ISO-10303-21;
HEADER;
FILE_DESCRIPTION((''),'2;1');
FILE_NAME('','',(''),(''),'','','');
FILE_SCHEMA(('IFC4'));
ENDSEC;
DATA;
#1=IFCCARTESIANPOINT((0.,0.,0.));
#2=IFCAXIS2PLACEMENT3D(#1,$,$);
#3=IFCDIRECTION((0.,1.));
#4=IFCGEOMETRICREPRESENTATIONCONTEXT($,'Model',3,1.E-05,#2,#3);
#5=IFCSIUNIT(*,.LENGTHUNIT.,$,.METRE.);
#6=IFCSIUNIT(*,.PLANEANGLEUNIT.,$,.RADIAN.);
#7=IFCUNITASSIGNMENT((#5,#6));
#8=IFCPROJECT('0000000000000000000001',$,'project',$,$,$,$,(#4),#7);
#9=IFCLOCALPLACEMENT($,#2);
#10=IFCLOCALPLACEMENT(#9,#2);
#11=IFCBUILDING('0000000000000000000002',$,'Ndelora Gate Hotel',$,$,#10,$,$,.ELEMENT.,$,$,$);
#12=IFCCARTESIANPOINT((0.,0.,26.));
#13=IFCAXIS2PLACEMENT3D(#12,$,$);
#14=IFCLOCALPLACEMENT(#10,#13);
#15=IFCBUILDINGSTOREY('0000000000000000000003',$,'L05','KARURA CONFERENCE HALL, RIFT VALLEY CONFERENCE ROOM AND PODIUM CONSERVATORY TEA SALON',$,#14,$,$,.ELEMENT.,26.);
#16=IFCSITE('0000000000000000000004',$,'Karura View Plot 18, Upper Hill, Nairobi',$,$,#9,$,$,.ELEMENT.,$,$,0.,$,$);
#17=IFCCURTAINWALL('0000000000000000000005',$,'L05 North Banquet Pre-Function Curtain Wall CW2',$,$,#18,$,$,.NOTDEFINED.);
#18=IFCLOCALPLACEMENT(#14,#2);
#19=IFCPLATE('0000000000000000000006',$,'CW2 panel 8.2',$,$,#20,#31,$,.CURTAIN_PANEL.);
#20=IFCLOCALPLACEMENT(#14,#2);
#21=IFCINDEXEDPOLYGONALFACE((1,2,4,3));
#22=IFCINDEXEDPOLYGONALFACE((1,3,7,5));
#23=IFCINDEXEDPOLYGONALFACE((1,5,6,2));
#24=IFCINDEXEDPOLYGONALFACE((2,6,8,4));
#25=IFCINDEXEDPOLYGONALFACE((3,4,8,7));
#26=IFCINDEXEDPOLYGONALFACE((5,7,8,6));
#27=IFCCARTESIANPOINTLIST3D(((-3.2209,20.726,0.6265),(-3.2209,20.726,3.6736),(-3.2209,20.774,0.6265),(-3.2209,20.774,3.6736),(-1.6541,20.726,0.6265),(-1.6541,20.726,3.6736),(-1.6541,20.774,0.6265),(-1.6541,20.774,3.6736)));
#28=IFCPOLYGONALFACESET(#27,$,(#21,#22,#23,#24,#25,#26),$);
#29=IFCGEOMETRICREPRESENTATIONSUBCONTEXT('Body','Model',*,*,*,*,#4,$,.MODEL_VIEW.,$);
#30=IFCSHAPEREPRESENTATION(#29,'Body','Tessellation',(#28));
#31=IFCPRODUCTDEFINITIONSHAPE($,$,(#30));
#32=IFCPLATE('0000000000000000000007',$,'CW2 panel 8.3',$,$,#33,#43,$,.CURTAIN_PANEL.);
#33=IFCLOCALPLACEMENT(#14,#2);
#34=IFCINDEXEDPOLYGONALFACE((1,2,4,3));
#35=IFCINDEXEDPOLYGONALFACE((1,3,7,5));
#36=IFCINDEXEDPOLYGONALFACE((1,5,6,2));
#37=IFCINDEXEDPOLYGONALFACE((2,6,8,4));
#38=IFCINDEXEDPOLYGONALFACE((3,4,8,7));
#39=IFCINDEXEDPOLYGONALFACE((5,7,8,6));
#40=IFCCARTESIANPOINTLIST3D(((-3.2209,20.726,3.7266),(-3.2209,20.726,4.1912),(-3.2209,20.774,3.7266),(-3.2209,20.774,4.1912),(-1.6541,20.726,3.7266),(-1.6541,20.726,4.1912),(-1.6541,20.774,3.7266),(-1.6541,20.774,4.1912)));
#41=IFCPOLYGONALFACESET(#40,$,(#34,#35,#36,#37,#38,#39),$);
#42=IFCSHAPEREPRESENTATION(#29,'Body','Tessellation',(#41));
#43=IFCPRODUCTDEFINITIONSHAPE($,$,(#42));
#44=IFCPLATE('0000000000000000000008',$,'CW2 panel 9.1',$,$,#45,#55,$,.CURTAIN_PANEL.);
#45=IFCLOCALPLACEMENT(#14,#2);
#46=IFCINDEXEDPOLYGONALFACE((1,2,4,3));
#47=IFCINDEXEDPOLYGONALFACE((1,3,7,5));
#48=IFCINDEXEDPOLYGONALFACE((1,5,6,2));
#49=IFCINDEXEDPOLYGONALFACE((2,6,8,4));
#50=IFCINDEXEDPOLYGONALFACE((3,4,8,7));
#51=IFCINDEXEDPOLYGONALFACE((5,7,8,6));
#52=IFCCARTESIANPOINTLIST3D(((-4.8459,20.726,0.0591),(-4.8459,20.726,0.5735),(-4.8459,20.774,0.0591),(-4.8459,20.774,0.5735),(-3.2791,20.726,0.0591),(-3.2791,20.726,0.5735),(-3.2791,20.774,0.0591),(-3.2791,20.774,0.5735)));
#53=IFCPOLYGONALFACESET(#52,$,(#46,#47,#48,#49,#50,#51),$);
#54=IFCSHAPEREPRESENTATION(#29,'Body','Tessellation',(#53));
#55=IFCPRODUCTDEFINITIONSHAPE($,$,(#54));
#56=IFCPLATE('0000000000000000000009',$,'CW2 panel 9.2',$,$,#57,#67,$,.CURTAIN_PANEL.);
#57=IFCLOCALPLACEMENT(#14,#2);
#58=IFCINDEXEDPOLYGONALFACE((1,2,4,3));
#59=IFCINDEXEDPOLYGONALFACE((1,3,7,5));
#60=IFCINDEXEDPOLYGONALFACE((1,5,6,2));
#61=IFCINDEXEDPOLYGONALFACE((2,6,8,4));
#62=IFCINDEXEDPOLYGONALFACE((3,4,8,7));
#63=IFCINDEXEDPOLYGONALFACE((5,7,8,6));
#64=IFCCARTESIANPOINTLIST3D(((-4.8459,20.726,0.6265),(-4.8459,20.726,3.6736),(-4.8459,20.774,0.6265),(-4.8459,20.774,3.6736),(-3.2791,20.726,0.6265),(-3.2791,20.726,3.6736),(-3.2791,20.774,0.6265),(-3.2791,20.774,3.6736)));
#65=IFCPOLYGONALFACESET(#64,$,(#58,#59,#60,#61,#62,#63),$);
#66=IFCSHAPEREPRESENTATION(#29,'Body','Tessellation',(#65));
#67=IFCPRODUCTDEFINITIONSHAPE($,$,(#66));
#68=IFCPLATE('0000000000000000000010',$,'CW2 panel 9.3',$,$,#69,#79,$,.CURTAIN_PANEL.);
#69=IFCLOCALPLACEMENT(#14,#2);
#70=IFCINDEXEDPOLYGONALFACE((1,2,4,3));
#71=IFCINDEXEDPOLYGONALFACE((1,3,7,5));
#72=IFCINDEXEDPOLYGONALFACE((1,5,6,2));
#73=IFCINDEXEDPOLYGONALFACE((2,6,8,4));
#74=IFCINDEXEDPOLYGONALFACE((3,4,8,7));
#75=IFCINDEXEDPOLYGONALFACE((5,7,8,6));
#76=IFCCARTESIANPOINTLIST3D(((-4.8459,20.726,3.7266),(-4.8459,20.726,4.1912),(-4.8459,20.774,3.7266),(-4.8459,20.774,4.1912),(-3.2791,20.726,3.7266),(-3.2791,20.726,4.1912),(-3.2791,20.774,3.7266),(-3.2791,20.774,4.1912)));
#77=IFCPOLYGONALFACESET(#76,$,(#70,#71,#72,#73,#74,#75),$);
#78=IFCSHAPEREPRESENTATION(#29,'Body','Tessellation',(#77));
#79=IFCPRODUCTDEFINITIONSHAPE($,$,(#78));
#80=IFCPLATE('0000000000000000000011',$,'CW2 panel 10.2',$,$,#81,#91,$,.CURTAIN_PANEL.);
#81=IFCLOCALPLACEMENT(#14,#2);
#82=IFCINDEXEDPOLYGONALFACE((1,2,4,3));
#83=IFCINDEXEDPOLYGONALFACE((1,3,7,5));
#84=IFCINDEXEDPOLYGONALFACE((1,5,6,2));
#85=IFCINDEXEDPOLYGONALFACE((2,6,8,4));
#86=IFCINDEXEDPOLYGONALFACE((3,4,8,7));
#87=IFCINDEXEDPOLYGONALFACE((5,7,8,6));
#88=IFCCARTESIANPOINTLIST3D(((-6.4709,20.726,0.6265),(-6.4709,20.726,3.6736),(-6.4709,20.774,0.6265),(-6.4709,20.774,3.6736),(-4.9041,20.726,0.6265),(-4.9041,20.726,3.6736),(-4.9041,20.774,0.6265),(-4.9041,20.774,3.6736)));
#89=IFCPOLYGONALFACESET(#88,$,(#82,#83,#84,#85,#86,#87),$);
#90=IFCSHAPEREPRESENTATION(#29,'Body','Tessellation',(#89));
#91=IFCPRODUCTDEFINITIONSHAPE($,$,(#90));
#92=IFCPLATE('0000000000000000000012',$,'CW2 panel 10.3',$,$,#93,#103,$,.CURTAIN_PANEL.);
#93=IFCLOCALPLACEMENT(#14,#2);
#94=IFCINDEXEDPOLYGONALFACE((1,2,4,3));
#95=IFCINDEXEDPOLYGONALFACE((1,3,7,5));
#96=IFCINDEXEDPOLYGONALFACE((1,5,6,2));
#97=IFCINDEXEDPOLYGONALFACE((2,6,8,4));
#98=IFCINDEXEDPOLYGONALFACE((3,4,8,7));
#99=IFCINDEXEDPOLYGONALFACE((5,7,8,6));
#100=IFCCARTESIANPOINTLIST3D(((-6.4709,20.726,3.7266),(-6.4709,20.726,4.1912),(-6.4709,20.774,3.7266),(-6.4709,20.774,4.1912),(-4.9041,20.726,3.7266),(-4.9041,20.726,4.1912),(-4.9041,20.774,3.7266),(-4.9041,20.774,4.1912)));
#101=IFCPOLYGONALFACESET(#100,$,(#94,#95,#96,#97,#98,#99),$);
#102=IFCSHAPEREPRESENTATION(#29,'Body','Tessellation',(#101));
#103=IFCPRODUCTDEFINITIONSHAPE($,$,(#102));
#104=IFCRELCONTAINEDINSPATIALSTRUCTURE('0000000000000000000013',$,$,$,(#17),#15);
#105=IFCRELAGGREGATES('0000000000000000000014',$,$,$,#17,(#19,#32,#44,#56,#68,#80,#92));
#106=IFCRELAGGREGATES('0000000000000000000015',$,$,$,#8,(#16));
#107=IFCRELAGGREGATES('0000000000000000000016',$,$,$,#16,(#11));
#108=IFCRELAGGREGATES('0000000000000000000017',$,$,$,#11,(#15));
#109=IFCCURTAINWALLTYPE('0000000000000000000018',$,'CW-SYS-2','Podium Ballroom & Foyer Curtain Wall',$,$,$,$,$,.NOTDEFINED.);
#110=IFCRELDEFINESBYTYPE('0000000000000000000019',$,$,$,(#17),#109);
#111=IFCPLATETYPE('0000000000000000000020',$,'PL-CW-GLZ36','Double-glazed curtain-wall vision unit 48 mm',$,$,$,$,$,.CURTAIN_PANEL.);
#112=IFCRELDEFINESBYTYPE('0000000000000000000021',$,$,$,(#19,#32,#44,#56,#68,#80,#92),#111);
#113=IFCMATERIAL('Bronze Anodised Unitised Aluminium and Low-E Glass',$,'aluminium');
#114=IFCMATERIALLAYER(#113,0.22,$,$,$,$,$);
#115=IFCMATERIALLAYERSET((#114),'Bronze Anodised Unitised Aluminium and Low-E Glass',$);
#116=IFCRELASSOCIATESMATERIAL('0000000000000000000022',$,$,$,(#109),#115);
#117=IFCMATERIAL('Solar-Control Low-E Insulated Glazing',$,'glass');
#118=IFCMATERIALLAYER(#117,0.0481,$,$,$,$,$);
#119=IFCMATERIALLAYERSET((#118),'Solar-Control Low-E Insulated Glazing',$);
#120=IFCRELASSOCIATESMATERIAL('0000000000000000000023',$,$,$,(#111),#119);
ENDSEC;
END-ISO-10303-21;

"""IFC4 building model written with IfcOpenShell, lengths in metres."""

from ifc_helpers import new_model, si_unit, direction, frame, origin, origin_2d, place, context, subcontext, project, spatial, rectangle, extrude, material, layer, layer_set, type_object, element, aggregate, save


model = new_model("IFC4")

# Units and contexts
model_context = context("Model", 3, precision=1e-05, world=origin(), true_north=direction((0.0, 1.0)))
body_context = subcontext(model_context, "Body", "Model", "MODEL_VIEW")
ifc_project = project(units=[si_unit("LENGTHUNIT", "METRE"), si_unit("PLANEANGLEUNIT", "RADIAN")], contexts=[model_context])

# Site, building, storey
site_placement = place(None, origin())
site = spatial("IfcSite", under=ifc_project, at=site_placement, Name="Karura View Plot 18, Upper Hill, Nairobi", CompositionType="ELEMENT", RefElevation=0.0)
building_placement = place(site_placement, origin())
building = spatial("IfcBuilding", under=site, at=building_placement, Name="Ndelora Gate Hotel", CompositionType="ELEMENT")
storey_placement = place(building_placement, frame((0.0, 0.0, 26.0)))
storey = spatial("IfcBuildingStorey", under=building, at=storey_placement, Name="L05", Description="KARURA CONFERENCE HALL, RIFT VALLEY CONFERENCE ROOM AND PODIUM CONSERVATORY TEA SALON", CompositionType="ELEMENT", Elevation=26.0)

# Curtain wall, plates
ifc_material_1 = material(Name="Bronze Anodised Unitised Aluminium and Low-E Glass", Category="aluminium")
ifc_layer_1 = layer(ifc_material_1, 0.22)
ifc_layer_set_1 = layer_set([ifc_layer_1], Name="Bronze Anodised Unitised Aluminium and Low-E Glass")
curtain_wall_type = type_object("IfcCurtainWallType", Name="CW-SYS-2", Description="Podium Ballroom & Foyer Curtain Wall", PredefinedType="NOTDEFINED", material=ifc_layer_set_1)
curtain_wall_placement = place(storey_placement, origin())
curtain_wall = element("IfcCurtainWall", 1, at=curtain_wall_placement, inside=storey, type_object=curtain_wall_type, Name="L05 North Banquet Pre-Function Curtain Wall CW2", PredefinedType="NOTDEFINED")
ifc_material_2 = material(Name="Solar-Control Low-E Insulated Glazing", Category="glass")
ifc_layer_2 = layer(ifc_material_2, 0.0481)
ifc_layer_set_2 = layer_set([ifc_layer_2], Name="Solar-Control Low-E Insulated Glazing")
plate_type = type_object("IfcPlateType", Name="PL-CW-GLZ36", Description="Double-glazed curtain-wall vision unit 48 mm", PredefinedType="CURTAIN_PANEL", material=ifc_layer_set_2)
plate_1_placement = place(storey_placement, frame((-2.4375, 20.75, 0.6265), z_axis=(0.0, 0.0, 1.0), x_axis=(-1.0, 0.0, 0.0)))
plate_1 = element("IfcPlate", 2, at=plate_1_placement, type_object=plate_type, Name="CW2 panel 8.2", PredefinedType="CURTAIN_PANEL", context=body_context, shape_type="SweptSolid", body=[
    extrude(rectangle(XDim=1.5669, YDim=0.0481, at=origin_2d()), origin(), (0.0, 0.0, 1.0), 3.0471),
])
plate_2_placement = place(storey_placement, frame((-2.4375, 20.75, 3.7266), z_axis=(0.0, 0.0, 1.0), x_axis=(-1.0, 0.0, 0.0)))
plate_2 = element("IfcPlate", 3, at=plate_2_placement, type_object=plate_type, Name="CW2 panel 8.3", PredefinedType="CURTAIN_PANEL", context=body_context, shape_type="SweptSolid", body=[
    extrude(rectangle(XDim=1.5669, YDim=0.0481, at=origin_2d()), origin(), (0.0, 0.0, 1.0), 0.4646),
])
plate_3_placement = place(storey_placement, frame((-4.0625, 20.75, 0.0591), z_axis=(0.0, 0.0, 1.0), x_axis=(-1.0, 0.0, 0.0)))
plate_3 = element("IfcPlate", 4, at=plate_3_placement, type_object=plate_type, Name="CW2 panel 9.1", PredefinedType="CURTAIN_PANEL", context=body_context, shape_type="SweptSolid", body=[
    extrude(rectangle(XDim=1.5669, YDim=0.0481, at=origin_2d()), origin(), (0.0, 0.0, 1.0), 0.5144),
])
plate_4_placement = place(storey_placement, frame((-4.0625, 20.75, 0.6265), z_axis=(0.0, 0.0, 1.0), x_axis=(-1.0, 0.0, 0.0)))
plate_4 = element("IfcPlate", 5, at=plate_4_placement, type_object=plate_type, Name="CW2 panel 9.2", PredefinedType="CURTAIN_PANEL", context=body_context, shape_type="SweptSolid", body=[
    extrude(rectangle(XDim=1.5669, YDim=0.0481, at=origin_2d()), origin(), (0.0, 0.0, 1.0), 3.0471),
])
plate_5_placement = place(storey_placement, frame((-4.0625, 20.75, 3.7266), z_axis=(0.0, 0.0, 1.0), x_axis=(-1.0, 0.0, 0.0)))
plate_5 = element("IfcPlate", 6, at=plate_5_placement, type_object=plate_type, Name="CW2 panel 9.3", PredefinedType="CURTAIN_PANEL", context=body_context, shape_type="SweptSolid", body=[
    extrude(rectangle(XDim=1.5669, YDim=0.0481, at=origin_2d()), origin(), (0.0, 0.0, 1.0), 0.4646),
])
plate_6_placement = place(storey_placement, frame((-5.6875, 20.75, 0.6265), z_axis=(0.0, 0.0, 1.0), x_axis=(-1.0, 0.0, 0.0)))
plate_6 = element("IfcPlate", 7, at=plate_6_placement, type_object=plate_type, Name="CW2 panel 10.2", PredefinedType="CURTAIN_PANEL", context=body_context, shape_type="SweptSolid", body=[
    extrude(rectangle(XDim=1.5669, YDim=0.0481, at=origin_2d()), origin(), (0.0, 0.0, 1.0), 3.0471),
])
plate_7_placement = place(storey_placement, frame((-5.6875, 20.75, 3.7266), z_axis=(0.0, 0.0, 1.0), x_axis=(-1.0, 0.0, 0.0)))
plate_7 = element("IfcPlate", 8, at=plate_7_placement, type_object=plate_type, Name="CW2 panel 10.3", PredefinedType="CURTAIN_PANEL", context=body_context, shape_type="SweptSolid", body=[
    extrude(rectangle(XDim=1.5669, YDim=0.0481, at=origin_2d()), origin(), (0.0, 0.0, 1.0), 0.4646),
])
aggregate(curtain_wall, [plate_1, plate_2, plate_3, plate_4, plate_5, plate_6, plate_7])

save(model, "model.ifc")
